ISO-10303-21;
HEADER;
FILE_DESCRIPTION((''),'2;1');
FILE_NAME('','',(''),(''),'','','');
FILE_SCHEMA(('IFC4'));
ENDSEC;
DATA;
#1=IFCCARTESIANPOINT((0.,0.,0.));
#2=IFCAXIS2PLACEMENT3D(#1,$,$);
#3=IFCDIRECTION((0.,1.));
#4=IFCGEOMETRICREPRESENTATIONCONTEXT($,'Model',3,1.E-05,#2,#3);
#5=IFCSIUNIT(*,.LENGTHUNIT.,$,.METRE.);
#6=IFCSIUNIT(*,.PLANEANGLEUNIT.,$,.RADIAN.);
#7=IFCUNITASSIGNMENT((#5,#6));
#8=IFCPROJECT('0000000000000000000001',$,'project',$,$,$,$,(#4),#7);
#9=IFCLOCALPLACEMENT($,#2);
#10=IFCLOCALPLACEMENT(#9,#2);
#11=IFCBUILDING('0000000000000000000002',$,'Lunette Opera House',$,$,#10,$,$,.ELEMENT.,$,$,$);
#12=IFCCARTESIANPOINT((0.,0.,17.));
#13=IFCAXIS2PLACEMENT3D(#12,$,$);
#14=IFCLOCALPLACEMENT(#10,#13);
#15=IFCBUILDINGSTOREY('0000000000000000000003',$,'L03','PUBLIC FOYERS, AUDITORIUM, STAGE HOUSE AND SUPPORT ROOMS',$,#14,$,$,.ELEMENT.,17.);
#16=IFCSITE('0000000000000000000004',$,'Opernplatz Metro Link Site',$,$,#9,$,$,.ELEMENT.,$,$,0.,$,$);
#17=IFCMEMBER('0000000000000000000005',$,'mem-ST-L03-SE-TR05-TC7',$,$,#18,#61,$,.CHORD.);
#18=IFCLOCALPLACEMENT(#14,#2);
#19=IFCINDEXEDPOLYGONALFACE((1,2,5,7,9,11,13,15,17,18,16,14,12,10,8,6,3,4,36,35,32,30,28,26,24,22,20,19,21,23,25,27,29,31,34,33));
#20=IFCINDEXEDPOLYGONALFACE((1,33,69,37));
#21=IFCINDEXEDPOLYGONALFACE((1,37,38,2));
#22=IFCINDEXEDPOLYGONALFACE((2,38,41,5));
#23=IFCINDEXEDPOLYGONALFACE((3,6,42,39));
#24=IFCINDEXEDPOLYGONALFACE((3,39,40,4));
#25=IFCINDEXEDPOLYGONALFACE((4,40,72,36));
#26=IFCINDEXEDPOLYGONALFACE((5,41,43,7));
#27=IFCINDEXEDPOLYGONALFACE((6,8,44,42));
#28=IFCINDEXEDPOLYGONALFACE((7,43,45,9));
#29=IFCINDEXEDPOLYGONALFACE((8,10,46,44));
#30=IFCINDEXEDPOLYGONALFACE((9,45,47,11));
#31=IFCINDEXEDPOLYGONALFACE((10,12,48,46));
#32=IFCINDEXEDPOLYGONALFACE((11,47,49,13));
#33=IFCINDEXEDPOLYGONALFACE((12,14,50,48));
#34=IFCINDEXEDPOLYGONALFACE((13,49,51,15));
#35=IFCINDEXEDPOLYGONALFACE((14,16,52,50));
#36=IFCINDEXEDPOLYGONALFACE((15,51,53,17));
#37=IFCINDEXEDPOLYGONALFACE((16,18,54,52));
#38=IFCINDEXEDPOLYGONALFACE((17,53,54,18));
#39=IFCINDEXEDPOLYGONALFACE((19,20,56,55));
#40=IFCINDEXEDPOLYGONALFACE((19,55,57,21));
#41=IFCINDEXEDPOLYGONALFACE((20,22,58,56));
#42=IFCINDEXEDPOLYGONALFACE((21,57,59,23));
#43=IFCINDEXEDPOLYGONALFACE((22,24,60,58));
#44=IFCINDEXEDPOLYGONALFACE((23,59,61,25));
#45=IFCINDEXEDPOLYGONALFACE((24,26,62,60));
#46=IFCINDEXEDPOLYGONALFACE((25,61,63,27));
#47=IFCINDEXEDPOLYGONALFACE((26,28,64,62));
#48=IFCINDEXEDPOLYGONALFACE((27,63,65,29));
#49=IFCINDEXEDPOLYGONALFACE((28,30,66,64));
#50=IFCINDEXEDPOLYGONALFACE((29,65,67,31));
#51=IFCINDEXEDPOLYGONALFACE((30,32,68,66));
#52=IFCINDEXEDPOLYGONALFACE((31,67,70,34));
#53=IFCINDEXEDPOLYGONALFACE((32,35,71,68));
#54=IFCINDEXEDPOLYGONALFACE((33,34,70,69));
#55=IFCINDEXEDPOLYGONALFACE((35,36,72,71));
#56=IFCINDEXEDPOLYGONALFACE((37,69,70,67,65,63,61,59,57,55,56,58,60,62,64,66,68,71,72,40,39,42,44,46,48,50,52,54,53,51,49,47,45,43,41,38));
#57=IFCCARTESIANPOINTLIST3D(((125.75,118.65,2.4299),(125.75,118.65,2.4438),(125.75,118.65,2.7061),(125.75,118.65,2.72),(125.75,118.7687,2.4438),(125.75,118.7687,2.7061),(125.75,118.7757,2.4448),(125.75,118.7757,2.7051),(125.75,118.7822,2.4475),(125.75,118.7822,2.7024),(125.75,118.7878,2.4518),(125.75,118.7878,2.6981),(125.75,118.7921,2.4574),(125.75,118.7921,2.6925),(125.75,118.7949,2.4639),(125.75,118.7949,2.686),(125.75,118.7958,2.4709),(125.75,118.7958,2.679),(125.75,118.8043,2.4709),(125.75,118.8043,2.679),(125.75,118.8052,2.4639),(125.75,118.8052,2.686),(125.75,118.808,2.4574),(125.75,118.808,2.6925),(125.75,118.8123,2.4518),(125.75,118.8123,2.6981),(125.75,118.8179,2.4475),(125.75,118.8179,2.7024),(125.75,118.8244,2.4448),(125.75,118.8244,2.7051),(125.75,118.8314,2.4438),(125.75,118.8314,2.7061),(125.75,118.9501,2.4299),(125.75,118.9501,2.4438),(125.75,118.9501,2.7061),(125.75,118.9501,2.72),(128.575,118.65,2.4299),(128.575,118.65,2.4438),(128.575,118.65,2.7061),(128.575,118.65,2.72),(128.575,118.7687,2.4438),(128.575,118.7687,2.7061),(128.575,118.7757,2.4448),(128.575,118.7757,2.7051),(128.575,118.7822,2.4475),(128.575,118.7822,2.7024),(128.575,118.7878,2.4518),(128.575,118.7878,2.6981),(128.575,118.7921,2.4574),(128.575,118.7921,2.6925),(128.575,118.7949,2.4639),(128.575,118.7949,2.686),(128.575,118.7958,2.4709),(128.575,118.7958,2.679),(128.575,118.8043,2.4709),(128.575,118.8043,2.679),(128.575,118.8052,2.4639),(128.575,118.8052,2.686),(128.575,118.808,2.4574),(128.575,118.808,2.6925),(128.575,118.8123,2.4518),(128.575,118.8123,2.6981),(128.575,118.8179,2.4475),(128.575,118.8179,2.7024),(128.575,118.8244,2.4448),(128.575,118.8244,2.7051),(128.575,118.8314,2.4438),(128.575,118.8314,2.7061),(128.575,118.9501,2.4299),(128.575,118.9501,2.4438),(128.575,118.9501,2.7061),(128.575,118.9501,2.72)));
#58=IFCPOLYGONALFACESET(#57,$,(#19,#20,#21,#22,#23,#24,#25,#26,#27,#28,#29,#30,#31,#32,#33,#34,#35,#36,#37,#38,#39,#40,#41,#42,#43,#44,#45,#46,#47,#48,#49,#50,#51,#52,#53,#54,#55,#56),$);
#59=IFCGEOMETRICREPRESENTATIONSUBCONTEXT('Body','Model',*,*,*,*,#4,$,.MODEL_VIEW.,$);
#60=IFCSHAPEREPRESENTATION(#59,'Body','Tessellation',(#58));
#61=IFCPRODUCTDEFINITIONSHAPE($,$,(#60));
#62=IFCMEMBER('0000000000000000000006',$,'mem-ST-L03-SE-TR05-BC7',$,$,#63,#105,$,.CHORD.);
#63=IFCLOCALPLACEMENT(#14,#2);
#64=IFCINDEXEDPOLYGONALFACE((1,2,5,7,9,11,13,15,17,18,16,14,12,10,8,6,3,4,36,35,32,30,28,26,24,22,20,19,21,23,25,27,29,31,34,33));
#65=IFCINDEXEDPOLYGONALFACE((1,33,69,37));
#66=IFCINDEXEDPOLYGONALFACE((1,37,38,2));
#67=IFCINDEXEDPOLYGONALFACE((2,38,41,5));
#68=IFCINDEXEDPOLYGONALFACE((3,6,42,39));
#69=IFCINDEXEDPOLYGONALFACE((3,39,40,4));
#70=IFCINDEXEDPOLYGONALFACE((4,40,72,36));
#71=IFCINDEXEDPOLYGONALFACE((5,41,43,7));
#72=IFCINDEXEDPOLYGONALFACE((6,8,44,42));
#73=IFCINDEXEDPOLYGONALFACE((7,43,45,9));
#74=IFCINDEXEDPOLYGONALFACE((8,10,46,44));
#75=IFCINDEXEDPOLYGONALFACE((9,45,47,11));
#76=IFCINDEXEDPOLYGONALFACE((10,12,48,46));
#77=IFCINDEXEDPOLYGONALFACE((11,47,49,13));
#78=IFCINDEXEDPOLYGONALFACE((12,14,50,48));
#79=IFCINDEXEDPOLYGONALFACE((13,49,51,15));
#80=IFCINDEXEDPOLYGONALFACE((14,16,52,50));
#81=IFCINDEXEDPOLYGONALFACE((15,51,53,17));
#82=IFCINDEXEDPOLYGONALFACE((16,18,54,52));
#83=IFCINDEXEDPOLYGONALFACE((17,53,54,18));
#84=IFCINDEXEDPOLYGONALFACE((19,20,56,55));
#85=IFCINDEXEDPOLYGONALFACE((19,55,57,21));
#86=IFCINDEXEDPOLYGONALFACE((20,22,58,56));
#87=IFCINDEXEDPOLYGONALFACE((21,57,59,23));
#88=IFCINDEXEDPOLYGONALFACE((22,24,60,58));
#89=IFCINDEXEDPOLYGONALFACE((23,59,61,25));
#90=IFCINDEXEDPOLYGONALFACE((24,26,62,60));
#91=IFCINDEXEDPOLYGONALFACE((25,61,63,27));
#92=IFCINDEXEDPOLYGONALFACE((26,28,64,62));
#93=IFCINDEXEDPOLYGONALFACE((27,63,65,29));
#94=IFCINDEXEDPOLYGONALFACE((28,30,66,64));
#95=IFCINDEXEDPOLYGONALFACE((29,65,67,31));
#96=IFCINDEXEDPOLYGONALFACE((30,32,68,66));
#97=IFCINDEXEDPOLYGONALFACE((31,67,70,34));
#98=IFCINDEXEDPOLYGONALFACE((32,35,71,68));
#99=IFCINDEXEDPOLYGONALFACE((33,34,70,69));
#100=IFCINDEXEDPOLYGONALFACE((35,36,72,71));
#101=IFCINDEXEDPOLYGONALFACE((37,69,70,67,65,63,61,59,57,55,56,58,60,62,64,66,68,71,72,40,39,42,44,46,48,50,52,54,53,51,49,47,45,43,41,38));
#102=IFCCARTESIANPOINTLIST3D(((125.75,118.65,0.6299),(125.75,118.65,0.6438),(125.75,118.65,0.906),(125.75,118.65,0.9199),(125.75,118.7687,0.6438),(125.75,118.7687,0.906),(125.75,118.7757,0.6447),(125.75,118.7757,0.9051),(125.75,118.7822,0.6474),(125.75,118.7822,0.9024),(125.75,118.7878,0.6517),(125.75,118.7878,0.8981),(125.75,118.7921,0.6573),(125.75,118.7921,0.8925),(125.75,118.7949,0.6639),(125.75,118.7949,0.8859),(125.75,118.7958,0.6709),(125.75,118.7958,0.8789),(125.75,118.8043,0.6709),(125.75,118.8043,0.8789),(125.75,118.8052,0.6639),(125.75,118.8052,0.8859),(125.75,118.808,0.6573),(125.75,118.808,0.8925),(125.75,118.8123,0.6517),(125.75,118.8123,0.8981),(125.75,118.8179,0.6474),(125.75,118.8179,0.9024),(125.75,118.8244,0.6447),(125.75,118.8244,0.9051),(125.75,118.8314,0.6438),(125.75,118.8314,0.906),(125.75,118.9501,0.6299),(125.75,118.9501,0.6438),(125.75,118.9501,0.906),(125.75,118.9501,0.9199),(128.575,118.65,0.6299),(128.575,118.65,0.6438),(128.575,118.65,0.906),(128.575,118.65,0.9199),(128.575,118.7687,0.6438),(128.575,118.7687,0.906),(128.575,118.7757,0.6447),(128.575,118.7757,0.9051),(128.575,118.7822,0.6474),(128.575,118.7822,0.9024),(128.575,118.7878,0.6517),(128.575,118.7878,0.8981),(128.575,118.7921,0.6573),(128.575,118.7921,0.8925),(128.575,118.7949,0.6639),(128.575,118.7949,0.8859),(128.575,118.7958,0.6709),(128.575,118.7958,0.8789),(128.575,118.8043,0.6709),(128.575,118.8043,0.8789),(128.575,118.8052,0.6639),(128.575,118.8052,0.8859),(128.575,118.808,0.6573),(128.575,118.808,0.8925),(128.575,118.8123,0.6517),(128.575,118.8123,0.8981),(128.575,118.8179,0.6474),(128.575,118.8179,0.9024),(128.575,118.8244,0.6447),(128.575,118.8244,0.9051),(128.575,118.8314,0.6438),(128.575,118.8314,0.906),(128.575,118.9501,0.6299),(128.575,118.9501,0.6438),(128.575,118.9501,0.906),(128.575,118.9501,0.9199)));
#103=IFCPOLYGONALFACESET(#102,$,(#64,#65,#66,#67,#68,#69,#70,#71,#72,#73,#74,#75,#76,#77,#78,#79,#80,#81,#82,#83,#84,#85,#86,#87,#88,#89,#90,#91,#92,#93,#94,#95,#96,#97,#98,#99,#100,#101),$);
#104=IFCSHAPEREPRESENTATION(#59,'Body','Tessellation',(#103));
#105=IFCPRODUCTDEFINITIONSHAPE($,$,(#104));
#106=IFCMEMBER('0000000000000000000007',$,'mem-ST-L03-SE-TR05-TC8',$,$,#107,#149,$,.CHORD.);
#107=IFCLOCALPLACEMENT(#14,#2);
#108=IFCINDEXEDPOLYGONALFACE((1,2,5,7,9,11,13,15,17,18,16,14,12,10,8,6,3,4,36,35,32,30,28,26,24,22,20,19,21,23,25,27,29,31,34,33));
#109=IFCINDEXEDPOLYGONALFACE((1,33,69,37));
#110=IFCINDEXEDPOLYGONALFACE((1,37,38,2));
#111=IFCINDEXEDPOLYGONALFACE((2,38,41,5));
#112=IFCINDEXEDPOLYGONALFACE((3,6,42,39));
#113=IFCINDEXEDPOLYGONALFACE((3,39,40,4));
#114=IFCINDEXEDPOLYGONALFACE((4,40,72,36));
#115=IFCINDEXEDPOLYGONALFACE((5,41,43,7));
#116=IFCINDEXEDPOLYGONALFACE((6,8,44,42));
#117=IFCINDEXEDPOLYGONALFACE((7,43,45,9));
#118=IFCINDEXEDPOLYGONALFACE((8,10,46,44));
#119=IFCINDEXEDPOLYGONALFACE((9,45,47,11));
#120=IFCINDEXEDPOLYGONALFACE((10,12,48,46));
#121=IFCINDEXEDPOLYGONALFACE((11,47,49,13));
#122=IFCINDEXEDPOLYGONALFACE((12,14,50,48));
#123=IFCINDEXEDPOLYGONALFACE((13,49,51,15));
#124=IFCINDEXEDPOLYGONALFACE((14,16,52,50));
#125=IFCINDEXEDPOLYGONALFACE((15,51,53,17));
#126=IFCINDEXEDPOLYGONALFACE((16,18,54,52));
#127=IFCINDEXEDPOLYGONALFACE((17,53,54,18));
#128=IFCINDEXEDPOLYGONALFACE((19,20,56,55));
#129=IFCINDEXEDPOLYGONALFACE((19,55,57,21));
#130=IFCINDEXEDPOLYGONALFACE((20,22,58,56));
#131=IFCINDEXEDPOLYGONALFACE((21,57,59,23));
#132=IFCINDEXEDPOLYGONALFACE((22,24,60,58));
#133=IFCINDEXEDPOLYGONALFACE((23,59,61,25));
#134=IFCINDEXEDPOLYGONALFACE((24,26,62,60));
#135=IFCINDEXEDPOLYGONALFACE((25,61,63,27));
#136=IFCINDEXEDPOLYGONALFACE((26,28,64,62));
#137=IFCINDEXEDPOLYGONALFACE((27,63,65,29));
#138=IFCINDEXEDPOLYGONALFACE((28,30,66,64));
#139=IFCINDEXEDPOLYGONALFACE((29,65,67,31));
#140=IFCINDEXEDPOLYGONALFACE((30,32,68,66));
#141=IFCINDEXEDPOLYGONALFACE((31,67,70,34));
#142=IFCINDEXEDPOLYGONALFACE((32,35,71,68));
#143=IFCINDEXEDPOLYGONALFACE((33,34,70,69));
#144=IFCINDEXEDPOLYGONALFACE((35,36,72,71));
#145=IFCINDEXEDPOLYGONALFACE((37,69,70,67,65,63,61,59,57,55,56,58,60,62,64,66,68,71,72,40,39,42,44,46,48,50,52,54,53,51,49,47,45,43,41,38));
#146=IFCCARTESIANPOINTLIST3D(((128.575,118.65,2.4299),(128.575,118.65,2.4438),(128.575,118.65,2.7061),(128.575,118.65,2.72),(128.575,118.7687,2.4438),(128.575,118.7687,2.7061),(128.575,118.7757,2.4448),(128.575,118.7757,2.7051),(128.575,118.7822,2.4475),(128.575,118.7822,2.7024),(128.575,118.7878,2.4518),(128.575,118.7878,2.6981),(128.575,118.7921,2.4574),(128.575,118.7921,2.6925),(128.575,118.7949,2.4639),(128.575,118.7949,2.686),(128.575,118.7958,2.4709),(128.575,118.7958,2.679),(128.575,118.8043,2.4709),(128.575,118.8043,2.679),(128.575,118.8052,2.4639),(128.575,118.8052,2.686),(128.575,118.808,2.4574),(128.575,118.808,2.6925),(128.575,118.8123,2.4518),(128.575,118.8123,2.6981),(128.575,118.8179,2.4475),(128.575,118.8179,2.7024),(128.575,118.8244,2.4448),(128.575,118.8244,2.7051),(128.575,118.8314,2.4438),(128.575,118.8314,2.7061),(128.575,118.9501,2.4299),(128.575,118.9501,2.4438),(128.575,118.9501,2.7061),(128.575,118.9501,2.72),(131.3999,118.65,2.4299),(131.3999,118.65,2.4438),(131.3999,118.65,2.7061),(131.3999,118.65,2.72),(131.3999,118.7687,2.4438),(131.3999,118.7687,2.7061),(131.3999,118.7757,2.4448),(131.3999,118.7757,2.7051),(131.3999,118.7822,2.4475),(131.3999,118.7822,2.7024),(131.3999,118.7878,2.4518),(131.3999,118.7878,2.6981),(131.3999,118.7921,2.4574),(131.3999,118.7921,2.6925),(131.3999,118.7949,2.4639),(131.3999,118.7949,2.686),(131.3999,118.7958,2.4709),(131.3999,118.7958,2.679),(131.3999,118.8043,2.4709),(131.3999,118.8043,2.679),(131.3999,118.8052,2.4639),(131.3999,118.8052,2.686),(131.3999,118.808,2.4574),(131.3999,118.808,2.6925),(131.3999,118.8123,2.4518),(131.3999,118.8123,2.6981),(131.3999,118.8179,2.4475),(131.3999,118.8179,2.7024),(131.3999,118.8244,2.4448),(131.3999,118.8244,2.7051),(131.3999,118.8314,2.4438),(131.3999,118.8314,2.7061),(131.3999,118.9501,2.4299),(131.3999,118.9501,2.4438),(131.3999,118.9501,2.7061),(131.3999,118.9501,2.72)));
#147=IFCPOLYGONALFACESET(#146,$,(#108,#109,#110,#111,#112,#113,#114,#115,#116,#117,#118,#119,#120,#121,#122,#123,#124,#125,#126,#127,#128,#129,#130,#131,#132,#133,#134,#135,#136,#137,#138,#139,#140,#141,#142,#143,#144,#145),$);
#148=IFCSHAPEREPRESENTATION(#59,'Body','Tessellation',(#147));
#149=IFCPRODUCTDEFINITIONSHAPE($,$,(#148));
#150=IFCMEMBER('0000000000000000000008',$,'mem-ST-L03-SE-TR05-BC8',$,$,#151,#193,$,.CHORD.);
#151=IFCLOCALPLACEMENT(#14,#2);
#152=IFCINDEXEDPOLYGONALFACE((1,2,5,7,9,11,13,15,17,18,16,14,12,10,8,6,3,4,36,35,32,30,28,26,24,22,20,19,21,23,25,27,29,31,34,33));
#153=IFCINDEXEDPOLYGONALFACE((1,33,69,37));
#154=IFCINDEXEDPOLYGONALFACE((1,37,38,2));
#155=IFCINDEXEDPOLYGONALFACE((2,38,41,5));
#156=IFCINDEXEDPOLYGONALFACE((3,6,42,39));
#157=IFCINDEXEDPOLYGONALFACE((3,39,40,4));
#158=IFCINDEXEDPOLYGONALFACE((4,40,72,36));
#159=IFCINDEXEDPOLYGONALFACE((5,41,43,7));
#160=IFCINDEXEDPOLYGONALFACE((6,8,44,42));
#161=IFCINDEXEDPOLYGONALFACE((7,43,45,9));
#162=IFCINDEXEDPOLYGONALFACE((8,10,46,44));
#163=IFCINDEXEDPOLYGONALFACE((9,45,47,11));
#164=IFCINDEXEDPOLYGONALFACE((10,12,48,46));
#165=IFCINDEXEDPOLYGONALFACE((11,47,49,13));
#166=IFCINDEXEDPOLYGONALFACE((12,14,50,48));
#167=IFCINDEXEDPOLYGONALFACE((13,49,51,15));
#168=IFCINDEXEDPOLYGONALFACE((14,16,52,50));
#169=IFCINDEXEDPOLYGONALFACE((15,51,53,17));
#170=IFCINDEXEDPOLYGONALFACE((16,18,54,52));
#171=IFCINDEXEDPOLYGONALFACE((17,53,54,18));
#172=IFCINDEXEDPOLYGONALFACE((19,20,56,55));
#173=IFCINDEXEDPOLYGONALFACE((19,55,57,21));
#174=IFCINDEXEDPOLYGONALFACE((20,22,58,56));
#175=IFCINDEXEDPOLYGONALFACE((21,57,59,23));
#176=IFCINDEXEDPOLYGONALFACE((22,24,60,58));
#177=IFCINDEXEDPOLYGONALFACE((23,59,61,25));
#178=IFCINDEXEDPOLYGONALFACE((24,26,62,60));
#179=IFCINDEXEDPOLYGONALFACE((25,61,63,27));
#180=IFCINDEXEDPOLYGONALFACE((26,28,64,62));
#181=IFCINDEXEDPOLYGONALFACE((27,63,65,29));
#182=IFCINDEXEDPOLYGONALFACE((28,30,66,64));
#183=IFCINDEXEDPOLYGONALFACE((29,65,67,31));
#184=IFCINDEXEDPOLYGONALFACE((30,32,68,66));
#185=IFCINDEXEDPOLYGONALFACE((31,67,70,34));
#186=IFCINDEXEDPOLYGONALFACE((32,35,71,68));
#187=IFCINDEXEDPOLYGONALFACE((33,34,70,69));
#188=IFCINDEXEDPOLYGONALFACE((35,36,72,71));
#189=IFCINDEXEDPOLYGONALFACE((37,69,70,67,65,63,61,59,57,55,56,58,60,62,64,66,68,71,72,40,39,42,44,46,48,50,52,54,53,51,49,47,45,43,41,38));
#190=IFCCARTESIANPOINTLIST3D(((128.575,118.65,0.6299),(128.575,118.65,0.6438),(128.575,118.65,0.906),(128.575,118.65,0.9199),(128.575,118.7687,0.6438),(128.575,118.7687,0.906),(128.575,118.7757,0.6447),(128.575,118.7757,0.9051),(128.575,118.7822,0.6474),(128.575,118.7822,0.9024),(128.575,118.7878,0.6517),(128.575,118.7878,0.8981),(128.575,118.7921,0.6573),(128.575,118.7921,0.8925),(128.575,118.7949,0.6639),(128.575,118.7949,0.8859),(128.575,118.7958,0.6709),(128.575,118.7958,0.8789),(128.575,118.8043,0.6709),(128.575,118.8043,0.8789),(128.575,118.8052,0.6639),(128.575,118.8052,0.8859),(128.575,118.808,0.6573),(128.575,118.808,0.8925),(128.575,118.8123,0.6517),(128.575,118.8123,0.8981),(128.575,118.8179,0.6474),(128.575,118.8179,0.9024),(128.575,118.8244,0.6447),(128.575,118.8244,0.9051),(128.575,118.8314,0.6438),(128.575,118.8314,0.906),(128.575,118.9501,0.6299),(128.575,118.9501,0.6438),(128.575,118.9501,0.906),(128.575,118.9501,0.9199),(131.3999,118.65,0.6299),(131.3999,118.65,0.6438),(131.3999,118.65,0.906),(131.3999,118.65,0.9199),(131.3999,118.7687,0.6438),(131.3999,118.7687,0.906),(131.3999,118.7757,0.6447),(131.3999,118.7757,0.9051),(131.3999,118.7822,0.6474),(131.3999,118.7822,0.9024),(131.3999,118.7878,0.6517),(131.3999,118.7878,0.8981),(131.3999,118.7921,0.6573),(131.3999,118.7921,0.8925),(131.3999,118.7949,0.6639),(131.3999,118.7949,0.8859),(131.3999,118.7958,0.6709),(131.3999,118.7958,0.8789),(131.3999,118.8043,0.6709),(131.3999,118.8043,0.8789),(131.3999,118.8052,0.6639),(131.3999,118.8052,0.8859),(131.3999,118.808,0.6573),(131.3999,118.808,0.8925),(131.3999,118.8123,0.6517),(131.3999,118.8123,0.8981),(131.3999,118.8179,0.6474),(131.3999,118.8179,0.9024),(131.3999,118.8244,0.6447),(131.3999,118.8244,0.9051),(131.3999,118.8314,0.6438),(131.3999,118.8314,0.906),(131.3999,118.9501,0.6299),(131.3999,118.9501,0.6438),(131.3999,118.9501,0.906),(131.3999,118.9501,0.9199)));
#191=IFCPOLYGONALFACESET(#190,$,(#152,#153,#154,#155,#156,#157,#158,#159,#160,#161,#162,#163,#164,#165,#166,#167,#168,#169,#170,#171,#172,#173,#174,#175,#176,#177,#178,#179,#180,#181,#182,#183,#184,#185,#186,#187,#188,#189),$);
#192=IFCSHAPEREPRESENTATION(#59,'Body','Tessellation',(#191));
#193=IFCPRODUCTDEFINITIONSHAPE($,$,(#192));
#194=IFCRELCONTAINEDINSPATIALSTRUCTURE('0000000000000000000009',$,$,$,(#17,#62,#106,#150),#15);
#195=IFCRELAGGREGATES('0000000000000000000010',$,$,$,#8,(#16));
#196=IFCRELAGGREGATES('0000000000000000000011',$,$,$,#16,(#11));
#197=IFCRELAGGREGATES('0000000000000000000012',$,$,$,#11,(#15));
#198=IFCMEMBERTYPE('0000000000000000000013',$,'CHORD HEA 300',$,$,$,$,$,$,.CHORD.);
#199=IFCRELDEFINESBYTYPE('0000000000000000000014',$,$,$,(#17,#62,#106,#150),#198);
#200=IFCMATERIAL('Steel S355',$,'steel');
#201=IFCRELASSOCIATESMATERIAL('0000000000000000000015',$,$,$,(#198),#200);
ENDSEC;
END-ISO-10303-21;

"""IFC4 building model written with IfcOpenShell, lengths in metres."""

from ifc_helpers import new_model, si_unit, direction, frame, origin, origin_2d, place, context, subcontext, project, spatial, i_section, extrude, material, material_profile, profile_set, type_object, element, save


model = new_model("IFC4")

# Units and contexts
model_context = context("Model", 3, precision=1e-05, world=origin(), true_north=direction((0.0, 1.0)))
body_context = subcontext(model_context, "Body", "Model", "MODEL_VIEW")
ifc_project = project(units=[si_unit("LENGTHUNIT", "METRE"), si_unit("PLANEANGLEUNIT", "RADIAN")], contexts=[model_context])

# Site, building, storey
site_placement = place(None, origin())
site = spatial("IfcSite", under=ifc_project, at=site_placement, Name="Opernplatz Metro Link Site", CompositionType="ELEMENT", RefElevation=0.0)
building_placement = place(site_placement, origin())
building = spatial("IfcBuilding", under=site, at=building_placement, Name="Lunette Opera House", CompositionType="ELEMENT")
storey_placement = place(building_placement, frame((0.0, 0.0, 17.0)))
storey = spatial("IfcBuildingStorey", under=building, at=storey_placement, Name="L03", Description="PUBLIC FOYERS, AUDITORIUM, STAGE HOUSE AND SUPPORT ROOMS", CompositionType="ELEMENT", Elevation=17.0)

# Members
ifc_material_1 = material(Name="Steel S355", Category="steel")
ifc_material_profile_1 = material_profile(ifc_material_1, i_section(OverallWidth=0.3, OverallDepth=0.29, WebThickness=0.0085, FlangeThickness=0.0139, FilletRadius=0.0271, at=origin_2d()), Name="HEA 300")
ifc_profile_set_1 = profile_set([ifc_material_profile_1], Name="Steel S355")
member_type_1 = type_object("IfcMemberType", Name="CHORD HEA 300", PredefinedType="CHORD", material=ifc_profile_set_1)
for number, where, z_axis, x_axis, name in (
    (1, (125.75, 118.8, 2.575), (1.0, 0.0, 0.0), (0.0, 1.0, 0.0), "mem-ST-L03-SE-TR05-TC7"),
    (2, (125.75, 118.8, 0.7749), (1.0, 0.0, 0.0), (0.0, 1.0, 0.0), "mem-ST-L03-SE-TR05-BC7"),
    (3, (128.575, 118.8, 2.575), (1.0, 0.0, 0.0), (0.0, 1.0, 0.0), "mem-ST-L03-SE-TR05-TC8"),
    (4, (128.575, 118.8, 0.7749), (1.0, 0.0, 0.0), (0.0, 1.0, 0.0), "mem-ST-L03-SE-TR05-BC8"),
):
    element("IfcMember", number, at=place(storey_placement, frame(where, z_axis=z_axis, x_axis=x_axis)), inside=storey, type_object=member_type_1, Name=name, PredefinedType="CHORD", context=body_context, shape_type="SweptSolid", body=[
        extrude(i_section(OverallWidth=0.3, OverallDepth=0.29, WebThickness=0.0085, FlangeThickness=0.0139, FilletRadius=0.0271, at=origin_2d()), origin(), (0.0, 0.0, 1.0), 2.825),
    ])

save(model, "model.ifc")
